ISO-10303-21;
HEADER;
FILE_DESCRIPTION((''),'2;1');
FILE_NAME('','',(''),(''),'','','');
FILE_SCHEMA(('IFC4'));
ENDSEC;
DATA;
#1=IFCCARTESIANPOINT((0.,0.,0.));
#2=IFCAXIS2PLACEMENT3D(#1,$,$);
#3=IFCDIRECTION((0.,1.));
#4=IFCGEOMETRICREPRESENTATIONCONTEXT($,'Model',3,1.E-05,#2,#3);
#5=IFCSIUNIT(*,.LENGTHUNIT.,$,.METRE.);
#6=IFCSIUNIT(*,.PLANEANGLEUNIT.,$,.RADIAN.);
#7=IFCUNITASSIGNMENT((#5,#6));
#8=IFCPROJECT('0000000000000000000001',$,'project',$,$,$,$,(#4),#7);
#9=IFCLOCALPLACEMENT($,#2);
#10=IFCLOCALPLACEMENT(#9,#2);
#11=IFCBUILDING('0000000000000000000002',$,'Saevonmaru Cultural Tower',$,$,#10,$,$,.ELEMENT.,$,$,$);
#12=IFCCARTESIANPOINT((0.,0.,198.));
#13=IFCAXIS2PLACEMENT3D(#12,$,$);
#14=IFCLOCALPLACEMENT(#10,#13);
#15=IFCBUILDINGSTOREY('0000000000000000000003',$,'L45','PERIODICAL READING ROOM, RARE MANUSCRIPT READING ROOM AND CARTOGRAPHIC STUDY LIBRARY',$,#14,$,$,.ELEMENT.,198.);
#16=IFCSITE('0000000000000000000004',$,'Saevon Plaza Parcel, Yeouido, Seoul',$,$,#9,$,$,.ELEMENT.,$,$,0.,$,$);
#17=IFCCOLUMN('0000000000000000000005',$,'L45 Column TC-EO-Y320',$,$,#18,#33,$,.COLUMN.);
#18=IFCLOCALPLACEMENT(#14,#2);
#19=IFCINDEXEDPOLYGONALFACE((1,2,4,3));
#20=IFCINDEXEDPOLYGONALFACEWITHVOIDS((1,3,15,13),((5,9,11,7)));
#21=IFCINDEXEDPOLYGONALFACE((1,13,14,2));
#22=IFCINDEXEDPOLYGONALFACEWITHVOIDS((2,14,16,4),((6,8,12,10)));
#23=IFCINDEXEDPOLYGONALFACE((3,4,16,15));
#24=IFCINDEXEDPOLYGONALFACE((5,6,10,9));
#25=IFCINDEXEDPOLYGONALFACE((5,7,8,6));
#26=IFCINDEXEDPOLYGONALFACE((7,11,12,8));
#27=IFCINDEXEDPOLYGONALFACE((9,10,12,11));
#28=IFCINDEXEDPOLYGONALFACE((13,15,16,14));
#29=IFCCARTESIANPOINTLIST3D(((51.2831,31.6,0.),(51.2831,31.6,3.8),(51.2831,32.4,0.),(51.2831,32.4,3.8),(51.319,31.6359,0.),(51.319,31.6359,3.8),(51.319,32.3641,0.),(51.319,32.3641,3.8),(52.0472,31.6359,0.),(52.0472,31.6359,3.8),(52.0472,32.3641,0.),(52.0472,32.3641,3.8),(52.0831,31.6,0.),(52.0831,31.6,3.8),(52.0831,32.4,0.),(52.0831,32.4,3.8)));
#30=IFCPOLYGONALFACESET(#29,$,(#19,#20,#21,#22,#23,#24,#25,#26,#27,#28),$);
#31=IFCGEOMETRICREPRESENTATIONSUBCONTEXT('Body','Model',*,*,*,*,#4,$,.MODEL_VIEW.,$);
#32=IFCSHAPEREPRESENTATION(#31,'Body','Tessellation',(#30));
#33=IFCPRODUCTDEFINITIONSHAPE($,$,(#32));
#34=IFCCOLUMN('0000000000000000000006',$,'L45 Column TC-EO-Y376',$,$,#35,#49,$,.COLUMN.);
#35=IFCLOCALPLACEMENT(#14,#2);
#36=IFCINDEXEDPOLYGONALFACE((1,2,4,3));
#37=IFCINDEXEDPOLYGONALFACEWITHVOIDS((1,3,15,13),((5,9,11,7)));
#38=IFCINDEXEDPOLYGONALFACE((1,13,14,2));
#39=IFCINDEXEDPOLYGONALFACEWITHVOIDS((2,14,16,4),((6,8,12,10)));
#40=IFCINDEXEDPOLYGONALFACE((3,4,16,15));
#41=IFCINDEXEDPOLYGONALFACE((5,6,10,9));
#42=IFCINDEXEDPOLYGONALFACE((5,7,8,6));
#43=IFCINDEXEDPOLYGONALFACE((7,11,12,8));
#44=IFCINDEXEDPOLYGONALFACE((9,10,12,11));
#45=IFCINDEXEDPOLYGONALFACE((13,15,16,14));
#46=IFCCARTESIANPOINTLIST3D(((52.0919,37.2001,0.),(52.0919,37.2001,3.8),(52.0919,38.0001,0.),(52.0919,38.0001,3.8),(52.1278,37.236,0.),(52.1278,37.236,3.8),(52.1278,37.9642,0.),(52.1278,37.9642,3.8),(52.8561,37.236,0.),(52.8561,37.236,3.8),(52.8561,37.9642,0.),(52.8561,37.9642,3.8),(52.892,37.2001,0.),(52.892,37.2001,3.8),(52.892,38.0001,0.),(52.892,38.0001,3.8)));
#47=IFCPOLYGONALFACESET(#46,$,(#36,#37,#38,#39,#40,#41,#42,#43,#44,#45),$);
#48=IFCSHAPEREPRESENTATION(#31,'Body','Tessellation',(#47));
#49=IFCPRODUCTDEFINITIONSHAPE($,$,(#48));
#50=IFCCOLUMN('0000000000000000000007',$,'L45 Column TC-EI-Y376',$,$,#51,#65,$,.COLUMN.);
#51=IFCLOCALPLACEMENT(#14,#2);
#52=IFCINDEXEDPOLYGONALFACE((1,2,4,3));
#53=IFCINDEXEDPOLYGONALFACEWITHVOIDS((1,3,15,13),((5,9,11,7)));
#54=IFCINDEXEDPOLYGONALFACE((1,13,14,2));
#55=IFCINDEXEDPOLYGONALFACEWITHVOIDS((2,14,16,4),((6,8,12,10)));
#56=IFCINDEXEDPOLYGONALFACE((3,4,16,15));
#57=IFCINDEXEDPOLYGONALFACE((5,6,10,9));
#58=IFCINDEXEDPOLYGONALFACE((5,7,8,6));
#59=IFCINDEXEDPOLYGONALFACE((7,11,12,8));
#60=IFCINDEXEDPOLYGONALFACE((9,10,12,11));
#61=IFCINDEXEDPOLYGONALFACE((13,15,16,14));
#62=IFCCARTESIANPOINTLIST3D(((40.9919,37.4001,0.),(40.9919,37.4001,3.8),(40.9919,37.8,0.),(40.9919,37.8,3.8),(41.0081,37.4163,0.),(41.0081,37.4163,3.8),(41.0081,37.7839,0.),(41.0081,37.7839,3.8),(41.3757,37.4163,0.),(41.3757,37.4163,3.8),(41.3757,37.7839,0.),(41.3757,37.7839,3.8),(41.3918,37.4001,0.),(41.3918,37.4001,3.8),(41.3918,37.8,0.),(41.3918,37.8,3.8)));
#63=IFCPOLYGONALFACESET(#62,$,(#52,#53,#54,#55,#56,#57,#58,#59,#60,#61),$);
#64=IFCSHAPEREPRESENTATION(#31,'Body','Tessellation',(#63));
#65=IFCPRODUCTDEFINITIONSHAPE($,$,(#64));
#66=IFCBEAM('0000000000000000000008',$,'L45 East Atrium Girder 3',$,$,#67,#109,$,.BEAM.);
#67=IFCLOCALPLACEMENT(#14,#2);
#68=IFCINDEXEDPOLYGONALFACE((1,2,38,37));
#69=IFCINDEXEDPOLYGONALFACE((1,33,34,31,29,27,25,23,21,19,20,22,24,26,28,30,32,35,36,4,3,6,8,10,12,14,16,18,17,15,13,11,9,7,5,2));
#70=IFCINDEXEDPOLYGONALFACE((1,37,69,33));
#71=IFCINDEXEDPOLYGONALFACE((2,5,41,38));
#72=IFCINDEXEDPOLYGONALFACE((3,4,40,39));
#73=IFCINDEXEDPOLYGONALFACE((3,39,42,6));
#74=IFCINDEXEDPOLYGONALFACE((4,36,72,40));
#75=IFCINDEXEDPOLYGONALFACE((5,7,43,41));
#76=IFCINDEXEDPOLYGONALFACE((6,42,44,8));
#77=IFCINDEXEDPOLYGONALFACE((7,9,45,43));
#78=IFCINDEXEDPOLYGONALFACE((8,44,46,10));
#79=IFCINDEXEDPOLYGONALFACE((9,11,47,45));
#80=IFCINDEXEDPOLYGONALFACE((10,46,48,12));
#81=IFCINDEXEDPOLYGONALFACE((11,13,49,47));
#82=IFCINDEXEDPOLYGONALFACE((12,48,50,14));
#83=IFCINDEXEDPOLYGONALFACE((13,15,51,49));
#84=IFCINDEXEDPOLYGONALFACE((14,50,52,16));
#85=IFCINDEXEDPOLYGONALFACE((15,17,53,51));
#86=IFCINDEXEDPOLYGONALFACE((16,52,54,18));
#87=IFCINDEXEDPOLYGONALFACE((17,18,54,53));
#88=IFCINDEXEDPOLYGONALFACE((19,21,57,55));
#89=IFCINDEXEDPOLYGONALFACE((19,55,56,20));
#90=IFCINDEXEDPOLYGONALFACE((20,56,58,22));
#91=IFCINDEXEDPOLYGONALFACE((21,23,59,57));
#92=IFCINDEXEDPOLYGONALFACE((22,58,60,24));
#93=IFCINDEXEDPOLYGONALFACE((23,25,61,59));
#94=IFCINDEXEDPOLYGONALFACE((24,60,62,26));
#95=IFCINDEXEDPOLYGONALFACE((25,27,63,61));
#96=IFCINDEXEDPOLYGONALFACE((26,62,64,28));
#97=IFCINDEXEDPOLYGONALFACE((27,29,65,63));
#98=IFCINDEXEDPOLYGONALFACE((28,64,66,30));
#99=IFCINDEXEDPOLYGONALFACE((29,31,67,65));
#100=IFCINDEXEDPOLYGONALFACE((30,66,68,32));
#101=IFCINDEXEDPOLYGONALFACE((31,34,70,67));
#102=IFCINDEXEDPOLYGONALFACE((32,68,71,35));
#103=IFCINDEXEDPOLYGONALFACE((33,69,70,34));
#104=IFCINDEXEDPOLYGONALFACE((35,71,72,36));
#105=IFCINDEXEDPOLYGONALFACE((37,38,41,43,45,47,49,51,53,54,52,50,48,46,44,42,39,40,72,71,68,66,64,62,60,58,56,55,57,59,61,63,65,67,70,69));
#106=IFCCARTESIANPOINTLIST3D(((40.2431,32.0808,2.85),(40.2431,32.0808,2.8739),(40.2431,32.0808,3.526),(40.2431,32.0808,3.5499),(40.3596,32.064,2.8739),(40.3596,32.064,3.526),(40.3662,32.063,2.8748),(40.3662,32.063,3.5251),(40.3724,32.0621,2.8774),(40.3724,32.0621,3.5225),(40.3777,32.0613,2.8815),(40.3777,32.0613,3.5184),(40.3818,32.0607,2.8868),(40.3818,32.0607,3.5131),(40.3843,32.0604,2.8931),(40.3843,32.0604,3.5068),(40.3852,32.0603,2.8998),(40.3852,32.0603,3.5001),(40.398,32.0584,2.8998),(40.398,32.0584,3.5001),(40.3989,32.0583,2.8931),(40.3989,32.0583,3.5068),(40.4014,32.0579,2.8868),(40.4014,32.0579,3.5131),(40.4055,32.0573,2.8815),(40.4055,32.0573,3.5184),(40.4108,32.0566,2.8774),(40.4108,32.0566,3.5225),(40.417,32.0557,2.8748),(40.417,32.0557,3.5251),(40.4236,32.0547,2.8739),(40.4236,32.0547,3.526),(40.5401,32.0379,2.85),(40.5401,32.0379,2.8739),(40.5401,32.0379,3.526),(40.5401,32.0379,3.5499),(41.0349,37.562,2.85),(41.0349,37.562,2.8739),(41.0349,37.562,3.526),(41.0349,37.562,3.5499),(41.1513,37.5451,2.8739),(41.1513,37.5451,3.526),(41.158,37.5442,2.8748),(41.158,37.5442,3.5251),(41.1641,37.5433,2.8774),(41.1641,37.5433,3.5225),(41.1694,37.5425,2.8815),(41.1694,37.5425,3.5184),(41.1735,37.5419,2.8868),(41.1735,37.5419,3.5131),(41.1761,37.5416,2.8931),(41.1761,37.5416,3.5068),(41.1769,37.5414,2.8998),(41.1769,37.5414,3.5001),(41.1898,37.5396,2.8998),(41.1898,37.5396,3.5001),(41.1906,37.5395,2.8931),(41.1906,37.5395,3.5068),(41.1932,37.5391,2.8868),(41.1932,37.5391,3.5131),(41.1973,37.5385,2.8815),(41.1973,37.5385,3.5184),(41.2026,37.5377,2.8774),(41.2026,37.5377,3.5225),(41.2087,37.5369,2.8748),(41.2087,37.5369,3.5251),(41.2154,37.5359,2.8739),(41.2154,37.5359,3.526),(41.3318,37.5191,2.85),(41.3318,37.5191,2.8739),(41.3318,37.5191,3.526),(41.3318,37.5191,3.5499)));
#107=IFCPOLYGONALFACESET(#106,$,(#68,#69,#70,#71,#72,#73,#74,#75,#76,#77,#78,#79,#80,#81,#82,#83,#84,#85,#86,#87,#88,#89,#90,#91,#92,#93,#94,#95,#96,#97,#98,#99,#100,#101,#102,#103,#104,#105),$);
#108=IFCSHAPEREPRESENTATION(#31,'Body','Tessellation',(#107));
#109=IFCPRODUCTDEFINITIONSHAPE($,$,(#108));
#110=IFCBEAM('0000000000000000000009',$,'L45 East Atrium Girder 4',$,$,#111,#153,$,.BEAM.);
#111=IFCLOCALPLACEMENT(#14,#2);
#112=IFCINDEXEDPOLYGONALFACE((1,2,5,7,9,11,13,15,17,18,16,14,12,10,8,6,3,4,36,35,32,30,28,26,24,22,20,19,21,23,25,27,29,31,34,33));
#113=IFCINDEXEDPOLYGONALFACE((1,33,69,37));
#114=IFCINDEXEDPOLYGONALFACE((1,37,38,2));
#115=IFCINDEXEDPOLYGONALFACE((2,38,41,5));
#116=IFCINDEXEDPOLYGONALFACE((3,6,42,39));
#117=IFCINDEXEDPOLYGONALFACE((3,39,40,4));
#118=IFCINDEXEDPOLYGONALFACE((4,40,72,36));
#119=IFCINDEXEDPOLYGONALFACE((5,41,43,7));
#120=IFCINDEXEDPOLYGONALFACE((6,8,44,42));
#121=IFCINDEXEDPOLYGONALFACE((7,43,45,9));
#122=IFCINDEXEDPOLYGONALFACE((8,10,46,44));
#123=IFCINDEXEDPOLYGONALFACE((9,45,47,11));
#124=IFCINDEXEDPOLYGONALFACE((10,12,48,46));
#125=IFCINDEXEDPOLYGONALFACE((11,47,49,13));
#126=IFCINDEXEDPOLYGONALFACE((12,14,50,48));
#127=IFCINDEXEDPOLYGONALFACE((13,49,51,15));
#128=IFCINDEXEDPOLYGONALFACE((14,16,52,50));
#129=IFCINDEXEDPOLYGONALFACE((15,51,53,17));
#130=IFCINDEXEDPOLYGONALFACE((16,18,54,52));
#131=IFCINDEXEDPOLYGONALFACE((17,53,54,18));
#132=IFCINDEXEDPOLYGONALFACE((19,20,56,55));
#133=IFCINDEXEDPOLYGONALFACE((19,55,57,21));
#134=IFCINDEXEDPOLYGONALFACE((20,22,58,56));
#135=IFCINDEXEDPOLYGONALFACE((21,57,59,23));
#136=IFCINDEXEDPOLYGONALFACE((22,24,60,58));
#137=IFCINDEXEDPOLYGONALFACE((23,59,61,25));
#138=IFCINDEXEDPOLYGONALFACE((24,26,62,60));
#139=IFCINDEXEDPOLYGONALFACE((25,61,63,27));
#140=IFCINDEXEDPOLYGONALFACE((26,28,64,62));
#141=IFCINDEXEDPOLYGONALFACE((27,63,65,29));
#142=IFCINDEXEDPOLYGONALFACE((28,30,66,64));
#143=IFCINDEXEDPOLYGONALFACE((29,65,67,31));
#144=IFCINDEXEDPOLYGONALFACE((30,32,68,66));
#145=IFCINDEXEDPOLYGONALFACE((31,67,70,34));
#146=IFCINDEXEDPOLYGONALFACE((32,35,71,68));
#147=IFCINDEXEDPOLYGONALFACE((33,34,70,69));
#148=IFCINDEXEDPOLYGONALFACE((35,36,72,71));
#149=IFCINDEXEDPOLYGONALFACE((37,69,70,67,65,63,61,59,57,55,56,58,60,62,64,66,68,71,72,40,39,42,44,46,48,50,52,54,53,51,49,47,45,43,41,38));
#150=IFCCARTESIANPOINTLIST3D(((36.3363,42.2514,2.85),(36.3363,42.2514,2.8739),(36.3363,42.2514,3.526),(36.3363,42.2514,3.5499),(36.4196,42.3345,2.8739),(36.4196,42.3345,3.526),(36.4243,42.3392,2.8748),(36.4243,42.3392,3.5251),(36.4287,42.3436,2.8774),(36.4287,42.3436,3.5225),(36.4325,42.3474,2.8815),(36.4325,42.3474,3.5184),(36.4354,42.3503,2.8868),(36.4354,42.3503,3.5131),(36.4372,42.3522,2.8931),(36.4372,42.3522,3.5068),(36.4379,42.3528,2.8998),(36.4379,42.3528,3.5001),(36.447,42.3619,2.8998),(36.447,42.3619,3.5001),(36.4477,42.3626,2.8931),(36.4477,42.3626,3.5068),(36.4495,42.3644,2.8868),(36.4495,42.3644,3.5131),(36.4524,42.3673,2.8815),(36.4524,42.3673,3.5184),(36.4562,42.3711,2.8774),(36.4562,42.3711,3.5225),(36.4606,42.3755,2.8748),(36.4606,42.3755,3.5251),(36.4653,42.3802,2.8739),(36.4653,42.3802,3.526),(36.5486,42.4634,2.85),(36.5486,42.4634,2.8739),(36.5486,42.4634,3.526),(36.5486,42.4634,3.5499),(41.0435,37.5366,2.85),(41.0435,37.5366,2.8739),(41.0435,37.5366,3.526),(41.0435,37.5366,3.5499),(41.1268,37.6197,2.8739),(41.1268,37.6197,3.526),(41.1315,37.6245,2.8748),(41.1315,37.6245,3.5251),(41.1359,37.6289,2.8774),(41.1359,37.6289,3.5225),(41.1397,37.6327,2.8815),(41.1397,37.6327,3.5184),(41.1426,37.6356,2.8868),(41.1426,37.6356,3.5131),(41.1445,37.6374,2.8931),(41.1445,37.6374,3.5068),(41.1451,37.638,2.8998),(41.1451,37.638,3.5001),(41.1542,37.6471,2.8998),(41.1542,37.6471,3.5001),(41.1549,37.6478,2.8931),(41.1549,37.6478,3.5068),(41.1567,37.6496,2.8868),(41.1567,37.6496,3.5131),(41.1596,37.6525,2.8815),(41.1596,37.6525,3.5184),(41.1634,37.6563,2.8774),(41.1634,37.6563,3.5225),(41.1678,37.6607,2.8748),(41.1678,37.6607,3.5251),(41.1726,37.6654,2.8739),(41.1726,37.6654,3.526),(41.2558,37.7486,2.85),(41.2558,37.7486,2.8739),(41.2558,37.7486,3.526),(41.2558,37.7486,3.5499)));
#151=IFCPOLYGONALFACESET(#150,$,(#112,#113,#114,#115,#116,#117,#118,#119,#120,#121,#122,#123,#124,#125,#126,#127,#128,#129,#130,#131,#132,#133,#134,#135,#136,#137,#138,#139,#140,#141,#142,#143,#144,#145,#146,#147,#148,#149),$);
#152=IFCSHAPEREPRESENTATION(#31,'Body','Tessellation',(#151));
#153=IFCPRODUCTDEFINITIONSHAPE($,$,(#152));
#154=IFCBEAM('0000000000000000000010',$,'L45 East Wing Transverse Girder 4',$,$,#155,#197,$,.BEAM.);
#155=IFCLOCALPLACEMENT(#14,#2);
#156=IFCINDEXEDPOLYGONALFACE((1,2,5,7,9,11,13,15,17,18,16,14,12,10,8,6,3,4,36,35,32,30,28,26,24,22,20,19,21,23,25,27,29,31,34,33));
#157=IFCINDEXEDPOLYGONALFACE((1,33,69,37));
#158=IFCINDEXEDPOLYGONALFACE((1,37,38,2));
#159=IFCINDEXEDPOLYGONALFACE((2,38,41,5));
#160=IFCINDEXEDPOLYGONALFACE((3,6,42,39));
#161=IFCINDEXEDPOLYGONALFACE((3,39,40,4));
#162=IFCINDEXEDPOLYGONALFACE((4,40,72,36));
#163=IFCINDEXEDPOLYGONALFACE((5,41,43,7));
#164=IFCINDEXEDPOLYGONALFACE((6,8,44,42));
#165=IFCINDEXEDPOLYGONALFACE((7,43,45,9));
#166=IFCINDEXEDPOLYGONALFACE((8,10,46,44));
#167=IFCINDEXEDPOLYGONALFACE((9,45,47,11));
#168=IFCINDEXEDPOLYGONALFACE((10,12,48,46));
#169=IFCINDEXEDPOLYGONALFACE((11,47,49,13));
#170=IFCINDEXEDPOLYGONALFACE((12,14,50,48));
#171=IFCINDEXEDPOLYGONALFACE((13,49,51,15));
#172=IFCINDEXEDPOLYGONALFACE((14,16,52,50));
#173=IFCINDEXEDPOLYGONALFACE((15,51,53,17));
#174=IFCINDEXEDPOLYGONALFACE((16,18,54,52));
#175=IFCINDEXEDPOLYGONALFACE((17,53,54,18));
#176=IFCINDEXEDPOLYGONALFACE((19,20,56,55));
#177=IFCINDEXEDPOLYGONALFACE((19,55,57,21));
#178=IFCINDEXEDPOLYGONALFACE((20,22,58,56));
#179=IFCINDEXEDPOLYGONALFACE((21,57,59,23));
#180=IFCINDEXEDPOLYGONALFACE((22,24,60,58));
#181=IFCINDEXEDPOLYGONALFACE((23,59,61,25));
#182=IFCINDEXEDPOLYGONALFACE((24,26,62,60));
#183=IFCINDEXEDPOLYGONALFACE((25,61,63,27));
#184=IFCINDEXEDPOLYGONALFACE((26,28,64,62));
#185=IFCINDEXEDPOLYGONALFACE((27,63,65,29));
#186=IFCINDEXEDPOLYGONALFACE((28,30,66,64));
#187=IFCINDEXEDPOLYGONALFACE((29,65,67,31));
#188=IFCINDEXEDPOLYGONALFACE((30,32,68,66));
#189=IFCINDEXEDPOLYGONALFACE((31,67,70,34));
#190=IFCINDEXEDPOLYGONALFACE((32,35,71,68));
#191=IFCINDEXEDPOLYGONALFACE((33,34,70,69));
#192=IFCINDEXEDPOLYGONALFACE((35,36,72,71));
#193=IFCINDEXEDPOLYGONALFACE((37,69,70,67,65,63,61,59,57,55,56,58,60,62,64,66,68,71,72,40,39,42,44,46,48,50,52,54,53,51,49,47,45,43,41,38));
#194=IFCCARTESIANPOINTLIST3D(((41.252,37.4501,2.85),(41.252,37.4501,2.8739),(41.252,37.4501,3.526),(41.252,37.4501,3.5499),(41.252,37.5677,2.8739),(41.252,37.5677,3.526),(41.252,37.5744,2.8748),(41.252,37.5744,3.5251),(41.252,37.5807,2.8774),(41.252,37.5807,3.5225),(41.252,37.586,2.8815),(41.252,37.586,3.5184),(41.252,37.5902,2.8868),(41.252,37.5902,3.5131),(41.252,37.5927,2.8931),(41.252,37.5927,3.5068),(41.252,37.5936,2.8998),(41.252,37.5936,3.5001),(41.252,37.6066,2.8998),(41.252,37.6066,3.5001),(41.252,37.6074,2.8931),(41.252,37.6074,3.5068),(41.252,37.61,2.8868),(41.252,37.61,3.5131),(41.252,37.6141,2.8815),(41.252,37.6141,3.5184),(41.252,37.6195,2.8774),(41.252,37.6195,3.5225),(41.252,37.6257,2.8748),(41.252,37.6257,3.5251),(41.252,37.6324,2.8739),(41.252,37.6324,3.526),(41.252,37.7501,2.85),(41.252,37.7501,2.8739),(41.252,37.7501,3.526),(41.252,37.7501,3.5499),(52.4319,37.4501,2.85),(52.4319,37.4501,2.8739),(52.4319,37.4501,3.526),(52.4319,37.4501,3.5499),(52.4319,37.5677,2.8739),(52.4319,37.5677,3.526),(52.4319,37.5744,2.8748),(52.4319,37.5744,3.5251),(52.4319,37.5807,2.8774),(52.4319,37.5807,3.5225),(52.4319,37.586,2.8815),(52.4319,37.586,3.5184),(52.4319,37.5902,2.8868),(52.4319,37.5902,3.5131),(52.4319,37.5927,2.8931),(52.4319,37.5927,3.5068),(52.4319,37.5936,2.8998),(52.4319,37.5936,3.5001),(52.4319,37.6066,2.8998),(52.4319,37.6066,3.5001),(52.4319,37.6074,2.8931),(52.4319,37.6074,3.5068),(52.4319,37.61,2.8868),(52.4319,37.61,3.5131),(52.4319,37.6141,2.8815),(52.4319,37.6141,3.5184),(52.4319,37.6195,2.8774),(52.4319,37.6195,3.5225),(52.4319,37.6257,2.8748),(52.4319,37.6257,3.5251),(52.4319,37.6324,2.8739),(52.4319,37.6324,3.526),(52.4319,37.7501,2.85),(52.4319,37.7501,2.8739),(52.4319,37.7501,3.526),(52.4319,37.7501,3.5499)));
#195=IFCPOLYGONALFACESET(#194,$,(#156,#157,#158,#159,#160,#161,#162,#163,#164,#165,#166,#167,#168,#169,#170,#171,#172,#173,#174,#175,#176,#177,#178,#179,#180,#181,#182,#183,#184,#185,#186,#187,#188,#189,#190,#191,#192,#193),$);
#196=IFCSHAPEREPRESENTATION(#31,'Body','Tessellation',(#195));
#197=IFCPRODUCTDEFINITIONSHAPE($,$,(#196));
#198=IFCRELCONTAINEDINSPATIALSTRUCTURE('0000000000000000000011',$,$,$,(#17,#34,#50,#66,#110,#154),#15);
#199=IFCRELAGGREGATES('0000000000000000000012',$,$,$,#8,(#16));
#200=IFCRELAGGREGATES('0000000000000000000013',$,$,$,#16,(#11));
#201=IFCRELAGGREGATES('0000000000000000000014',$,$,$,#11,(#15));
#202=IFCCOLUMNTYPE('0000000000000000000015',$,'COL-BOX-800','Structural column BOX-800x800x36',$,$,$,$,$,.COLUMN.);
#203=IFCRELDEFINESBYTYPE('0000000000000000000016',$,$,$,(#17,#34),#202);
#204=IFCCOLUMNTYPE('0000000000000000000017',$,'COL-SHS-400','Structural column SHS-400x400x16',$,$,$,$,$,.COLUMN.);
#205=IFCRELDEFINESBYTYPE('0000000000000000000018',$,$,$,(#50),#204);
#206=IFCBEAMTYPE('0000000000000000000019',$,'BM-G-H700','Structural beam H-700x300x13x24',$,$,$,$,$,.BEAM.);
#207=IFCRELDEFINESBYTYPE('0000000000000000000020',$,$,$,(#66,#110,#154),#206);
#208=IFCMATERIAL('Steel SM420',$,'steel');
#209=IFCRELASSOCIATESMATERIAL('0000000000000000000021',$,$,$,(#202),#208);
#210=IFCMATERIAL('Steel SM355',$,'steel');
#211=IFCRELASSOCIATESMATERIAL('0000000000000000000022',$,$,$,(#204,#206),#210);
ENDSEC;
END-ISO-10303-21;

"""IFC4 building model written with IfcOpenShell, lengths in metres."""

from ifc_helpers import new_model, si_unit, direction, frame, origin, origin_2d, place, context, subcontext, project, spatial, hollow_rectangle, i_section, extrude, material, material_profile, profile_set, type_object, element, save


model = new_model("IFC4")

# Units and contexts
model_context = context("Model", 3, precision=1e-05, world=origin(), true_north=direction((0.0, 1.0)))
body_context = subcontext(model_context, "Body", "Model", "MODEL_VIEW")
ifc_project = project(units=[si_unit("LENGTHUNIT", "METRE"), si_unit("PLANEANGLEUNIT", "RADIAN")], contexts=[model_context])

# Site, building, storey
site_placement = place(None, origin())
site = spatial("IfcSite", under=ifc_project, at=site_placement, Name="Saevon Plaza Parcel, Yeouido, Seoul", CompositionType="ELEMENT", RefElevation=0.0)
building_placement = place(site_placement, origin())
building = spatial("IfcBuilding", under=site, at=building_placement, Name="Saevonmaru Cultural Tower", CompositionType="ELEMENT")
storey_placement = place(building_placement, frame((0.0, 0.0, 198.0)))
storey = spatial("IfcBuildingStorey", under=building, at=storey_placement, Name="L45", Description="PERIODICAL READING ROOM, RARE MANUSCRIPT READING ROOM AND CARTOGRAPHIC STUDY LIBRARY", CompositionType="ELEMENT", Elevation=198.0)

# Columns
ifc_material_1 = material(Name="Steel SM420", Category="steel")
ifc_material_profile_1 = material_profile(ifc_material_1, hollow_rectangle(XDim=0.8, YDim=0.8, WallThickness=0.0359, at=origin_2d()), Name="BOX-800x800x36")
ifc_profile_set_1 = profile_set([ifc_material_profile_1], Name="Steel SM420")
column_type_1 = type_object("IfcColumnType", Name="COL-BOX-800", Description="Structural column BOX-800x800x36", PredefinedType="COLUMN", material=ifc_profile_set_1)
for number, where, z_axis, x_axis, name in (
    (1, (51.6831, 32.0, 0.0), (0.0, 0.0, 1.0), (1.0, 0.0, 0.0), "L45 Column TC-EO-Y320"),
    (2, (52.4919, 37.6001, 0.0), (0.0, 0.0, 1.0), (1.0, 0.0, 0.0), "L45 Column TC-EO-Y376"),
):
    element("IfcColumn", number, at=place(storey_placement, frame(where, z_axis=z_axis, x_axis=x_axis)), inside=storey, type_object=column_type_1, Name=name, PredefinedType="COLUMN", context=body_context, shape_type="SweptSolid", body=[
        extrude(hollow_rectangle(XDim=0.8, YDim=0.8, WallThickness=0.0359, at=origin_2d()), origin(), (0.0, 0.0, 1.0), 3.8),
    ])
ifc_material_2 = material(Name="Steel SM355", Category="steel")
ifc_material_profile_2 = material_profile(ifc_material_2, hollow_rectangle(XDim=0.3999, YDim=0.3999, WallThickness=0.0161, at=origin_2d()), Name="SHS-400x400x16")
ifc_profile_set_2 = profile_set([ifc_material_profile_2], Name="Steel SM355")
column_type_2 = type_object("IfcColumnType", Name="COL-SHS-400", Description="Structural column SHS-400x400x16", PredefinedType="COLUMN", material=ifc_profile_set_2)
column_placement = place(storey_placement, frame((41.1919, 37.6001, 0.0), z_axis=(0.0, 0.0, 1.0), x_axis=(1.0, 0.0, 0.0)))
element("IfcColumn", 3, at=column_placement, inside=storey, type_object=column_type_2, Name="L45 Column TC-EI-Y376", PredefinedType="COLUMN", context=body_context, shape_type="SweptSolid", body=[
    extrude(hollow_rectangle(XDim=0.3999, YDim=0.3999, WallThickness=0.0161, at=origin_2d()), origin(), (0.0, 0.0, 1.0), 3.8),
])

# Beams
ifc_material_profile_3 = material_profile(ifc_material_2, i_section(OverallWidth=0.3, OverallDepth=0.7, WebThickness=0.0129, FlangeThickness=0.0239, FilletRadius=0.0259, at=origin_2d()), Name="H-700x300x13x24")
ifc_profile_set_3 = profile_set([ifc_material_profile_3], Name="Steel SM355")
beam_type_1 = type_object("IfcBeamType", Name="BM-G-H700", Description="Structural beam H-700x300x13x24", PredefinedType="BEAM", material=ifc_profile_set_3)
beam_1_placement = place(storey_placement, frame((40.3916, 32.0593, 3.2), z_axis=(0.142964, 0.989728, 0.0), x_axis=(-0.989728, 0.142964, 0.0)))
element("IfcBeam", 4, at=beam_1_placement, inside=storey, type_object=beam_type_1, Name="L45 East Atrium Girder 3", PredefinedType="BEAM", context=body_context, shape_type="SweptSolid", body=[
    extrude(i_section(OverallWidth=0.3, OverallDepth=0.7, WebThickness=0.0129, FlangeThickness=0.0239, FilletRadius=0.0259, at=origin_2d()), origin(), (0.0, 0.0, 1.0), 5.5381),
])
beam_2_placement = place(storey_placement, frame((41.1497, 37.6426, 3.2), z_axis=(-0.706539, 0.707675, 0.0), x_axis=(-0.707675, -0.706539, 0.0)))
element("IfcBeam", 5, at=beam_2_placement, inside=storey, type_object=beam_type_1, Name="L45 East Atrium Girder 4", PredefinedType="BEAM", context=body_context, shape_type="SweptSolid", body=[
    extrude(i_section(OverallWidth=0.3, OverallDepth=0.7, WebThickness=0.0129, FlangeThickness=0.0239, FilletRadius=0.0259, at=origin_2d()), origin(), (0.0, 0.0, 1.0), 6.6624),
])
beam_3_placement = place(storey_placement, frame((41.252, 37.6001, 3.2), z_axis=(1.0, 0.0, 0.0), x_axis=(0.0, 1.0, 0.0)))
element("IfcBeam", 6, at=beam_3_placement, inside=storey, type_object=beam_type_1, Name="L45 East Wing Transverse Girder 4", PredefinedType="BEAM", context=body_context, shape_type="SweptSolid", body=[
    extrude(i_section(OverallWidth=0.3, OverallDepth=0.7, WebThickness=0.0129, FlangeThickness=0.0239, FilletRadius=0.0259, at=origin_2d()), origin(), (0.0, 0.0, 1.0), 11.1799),
])

save(model, "model.ifc")
